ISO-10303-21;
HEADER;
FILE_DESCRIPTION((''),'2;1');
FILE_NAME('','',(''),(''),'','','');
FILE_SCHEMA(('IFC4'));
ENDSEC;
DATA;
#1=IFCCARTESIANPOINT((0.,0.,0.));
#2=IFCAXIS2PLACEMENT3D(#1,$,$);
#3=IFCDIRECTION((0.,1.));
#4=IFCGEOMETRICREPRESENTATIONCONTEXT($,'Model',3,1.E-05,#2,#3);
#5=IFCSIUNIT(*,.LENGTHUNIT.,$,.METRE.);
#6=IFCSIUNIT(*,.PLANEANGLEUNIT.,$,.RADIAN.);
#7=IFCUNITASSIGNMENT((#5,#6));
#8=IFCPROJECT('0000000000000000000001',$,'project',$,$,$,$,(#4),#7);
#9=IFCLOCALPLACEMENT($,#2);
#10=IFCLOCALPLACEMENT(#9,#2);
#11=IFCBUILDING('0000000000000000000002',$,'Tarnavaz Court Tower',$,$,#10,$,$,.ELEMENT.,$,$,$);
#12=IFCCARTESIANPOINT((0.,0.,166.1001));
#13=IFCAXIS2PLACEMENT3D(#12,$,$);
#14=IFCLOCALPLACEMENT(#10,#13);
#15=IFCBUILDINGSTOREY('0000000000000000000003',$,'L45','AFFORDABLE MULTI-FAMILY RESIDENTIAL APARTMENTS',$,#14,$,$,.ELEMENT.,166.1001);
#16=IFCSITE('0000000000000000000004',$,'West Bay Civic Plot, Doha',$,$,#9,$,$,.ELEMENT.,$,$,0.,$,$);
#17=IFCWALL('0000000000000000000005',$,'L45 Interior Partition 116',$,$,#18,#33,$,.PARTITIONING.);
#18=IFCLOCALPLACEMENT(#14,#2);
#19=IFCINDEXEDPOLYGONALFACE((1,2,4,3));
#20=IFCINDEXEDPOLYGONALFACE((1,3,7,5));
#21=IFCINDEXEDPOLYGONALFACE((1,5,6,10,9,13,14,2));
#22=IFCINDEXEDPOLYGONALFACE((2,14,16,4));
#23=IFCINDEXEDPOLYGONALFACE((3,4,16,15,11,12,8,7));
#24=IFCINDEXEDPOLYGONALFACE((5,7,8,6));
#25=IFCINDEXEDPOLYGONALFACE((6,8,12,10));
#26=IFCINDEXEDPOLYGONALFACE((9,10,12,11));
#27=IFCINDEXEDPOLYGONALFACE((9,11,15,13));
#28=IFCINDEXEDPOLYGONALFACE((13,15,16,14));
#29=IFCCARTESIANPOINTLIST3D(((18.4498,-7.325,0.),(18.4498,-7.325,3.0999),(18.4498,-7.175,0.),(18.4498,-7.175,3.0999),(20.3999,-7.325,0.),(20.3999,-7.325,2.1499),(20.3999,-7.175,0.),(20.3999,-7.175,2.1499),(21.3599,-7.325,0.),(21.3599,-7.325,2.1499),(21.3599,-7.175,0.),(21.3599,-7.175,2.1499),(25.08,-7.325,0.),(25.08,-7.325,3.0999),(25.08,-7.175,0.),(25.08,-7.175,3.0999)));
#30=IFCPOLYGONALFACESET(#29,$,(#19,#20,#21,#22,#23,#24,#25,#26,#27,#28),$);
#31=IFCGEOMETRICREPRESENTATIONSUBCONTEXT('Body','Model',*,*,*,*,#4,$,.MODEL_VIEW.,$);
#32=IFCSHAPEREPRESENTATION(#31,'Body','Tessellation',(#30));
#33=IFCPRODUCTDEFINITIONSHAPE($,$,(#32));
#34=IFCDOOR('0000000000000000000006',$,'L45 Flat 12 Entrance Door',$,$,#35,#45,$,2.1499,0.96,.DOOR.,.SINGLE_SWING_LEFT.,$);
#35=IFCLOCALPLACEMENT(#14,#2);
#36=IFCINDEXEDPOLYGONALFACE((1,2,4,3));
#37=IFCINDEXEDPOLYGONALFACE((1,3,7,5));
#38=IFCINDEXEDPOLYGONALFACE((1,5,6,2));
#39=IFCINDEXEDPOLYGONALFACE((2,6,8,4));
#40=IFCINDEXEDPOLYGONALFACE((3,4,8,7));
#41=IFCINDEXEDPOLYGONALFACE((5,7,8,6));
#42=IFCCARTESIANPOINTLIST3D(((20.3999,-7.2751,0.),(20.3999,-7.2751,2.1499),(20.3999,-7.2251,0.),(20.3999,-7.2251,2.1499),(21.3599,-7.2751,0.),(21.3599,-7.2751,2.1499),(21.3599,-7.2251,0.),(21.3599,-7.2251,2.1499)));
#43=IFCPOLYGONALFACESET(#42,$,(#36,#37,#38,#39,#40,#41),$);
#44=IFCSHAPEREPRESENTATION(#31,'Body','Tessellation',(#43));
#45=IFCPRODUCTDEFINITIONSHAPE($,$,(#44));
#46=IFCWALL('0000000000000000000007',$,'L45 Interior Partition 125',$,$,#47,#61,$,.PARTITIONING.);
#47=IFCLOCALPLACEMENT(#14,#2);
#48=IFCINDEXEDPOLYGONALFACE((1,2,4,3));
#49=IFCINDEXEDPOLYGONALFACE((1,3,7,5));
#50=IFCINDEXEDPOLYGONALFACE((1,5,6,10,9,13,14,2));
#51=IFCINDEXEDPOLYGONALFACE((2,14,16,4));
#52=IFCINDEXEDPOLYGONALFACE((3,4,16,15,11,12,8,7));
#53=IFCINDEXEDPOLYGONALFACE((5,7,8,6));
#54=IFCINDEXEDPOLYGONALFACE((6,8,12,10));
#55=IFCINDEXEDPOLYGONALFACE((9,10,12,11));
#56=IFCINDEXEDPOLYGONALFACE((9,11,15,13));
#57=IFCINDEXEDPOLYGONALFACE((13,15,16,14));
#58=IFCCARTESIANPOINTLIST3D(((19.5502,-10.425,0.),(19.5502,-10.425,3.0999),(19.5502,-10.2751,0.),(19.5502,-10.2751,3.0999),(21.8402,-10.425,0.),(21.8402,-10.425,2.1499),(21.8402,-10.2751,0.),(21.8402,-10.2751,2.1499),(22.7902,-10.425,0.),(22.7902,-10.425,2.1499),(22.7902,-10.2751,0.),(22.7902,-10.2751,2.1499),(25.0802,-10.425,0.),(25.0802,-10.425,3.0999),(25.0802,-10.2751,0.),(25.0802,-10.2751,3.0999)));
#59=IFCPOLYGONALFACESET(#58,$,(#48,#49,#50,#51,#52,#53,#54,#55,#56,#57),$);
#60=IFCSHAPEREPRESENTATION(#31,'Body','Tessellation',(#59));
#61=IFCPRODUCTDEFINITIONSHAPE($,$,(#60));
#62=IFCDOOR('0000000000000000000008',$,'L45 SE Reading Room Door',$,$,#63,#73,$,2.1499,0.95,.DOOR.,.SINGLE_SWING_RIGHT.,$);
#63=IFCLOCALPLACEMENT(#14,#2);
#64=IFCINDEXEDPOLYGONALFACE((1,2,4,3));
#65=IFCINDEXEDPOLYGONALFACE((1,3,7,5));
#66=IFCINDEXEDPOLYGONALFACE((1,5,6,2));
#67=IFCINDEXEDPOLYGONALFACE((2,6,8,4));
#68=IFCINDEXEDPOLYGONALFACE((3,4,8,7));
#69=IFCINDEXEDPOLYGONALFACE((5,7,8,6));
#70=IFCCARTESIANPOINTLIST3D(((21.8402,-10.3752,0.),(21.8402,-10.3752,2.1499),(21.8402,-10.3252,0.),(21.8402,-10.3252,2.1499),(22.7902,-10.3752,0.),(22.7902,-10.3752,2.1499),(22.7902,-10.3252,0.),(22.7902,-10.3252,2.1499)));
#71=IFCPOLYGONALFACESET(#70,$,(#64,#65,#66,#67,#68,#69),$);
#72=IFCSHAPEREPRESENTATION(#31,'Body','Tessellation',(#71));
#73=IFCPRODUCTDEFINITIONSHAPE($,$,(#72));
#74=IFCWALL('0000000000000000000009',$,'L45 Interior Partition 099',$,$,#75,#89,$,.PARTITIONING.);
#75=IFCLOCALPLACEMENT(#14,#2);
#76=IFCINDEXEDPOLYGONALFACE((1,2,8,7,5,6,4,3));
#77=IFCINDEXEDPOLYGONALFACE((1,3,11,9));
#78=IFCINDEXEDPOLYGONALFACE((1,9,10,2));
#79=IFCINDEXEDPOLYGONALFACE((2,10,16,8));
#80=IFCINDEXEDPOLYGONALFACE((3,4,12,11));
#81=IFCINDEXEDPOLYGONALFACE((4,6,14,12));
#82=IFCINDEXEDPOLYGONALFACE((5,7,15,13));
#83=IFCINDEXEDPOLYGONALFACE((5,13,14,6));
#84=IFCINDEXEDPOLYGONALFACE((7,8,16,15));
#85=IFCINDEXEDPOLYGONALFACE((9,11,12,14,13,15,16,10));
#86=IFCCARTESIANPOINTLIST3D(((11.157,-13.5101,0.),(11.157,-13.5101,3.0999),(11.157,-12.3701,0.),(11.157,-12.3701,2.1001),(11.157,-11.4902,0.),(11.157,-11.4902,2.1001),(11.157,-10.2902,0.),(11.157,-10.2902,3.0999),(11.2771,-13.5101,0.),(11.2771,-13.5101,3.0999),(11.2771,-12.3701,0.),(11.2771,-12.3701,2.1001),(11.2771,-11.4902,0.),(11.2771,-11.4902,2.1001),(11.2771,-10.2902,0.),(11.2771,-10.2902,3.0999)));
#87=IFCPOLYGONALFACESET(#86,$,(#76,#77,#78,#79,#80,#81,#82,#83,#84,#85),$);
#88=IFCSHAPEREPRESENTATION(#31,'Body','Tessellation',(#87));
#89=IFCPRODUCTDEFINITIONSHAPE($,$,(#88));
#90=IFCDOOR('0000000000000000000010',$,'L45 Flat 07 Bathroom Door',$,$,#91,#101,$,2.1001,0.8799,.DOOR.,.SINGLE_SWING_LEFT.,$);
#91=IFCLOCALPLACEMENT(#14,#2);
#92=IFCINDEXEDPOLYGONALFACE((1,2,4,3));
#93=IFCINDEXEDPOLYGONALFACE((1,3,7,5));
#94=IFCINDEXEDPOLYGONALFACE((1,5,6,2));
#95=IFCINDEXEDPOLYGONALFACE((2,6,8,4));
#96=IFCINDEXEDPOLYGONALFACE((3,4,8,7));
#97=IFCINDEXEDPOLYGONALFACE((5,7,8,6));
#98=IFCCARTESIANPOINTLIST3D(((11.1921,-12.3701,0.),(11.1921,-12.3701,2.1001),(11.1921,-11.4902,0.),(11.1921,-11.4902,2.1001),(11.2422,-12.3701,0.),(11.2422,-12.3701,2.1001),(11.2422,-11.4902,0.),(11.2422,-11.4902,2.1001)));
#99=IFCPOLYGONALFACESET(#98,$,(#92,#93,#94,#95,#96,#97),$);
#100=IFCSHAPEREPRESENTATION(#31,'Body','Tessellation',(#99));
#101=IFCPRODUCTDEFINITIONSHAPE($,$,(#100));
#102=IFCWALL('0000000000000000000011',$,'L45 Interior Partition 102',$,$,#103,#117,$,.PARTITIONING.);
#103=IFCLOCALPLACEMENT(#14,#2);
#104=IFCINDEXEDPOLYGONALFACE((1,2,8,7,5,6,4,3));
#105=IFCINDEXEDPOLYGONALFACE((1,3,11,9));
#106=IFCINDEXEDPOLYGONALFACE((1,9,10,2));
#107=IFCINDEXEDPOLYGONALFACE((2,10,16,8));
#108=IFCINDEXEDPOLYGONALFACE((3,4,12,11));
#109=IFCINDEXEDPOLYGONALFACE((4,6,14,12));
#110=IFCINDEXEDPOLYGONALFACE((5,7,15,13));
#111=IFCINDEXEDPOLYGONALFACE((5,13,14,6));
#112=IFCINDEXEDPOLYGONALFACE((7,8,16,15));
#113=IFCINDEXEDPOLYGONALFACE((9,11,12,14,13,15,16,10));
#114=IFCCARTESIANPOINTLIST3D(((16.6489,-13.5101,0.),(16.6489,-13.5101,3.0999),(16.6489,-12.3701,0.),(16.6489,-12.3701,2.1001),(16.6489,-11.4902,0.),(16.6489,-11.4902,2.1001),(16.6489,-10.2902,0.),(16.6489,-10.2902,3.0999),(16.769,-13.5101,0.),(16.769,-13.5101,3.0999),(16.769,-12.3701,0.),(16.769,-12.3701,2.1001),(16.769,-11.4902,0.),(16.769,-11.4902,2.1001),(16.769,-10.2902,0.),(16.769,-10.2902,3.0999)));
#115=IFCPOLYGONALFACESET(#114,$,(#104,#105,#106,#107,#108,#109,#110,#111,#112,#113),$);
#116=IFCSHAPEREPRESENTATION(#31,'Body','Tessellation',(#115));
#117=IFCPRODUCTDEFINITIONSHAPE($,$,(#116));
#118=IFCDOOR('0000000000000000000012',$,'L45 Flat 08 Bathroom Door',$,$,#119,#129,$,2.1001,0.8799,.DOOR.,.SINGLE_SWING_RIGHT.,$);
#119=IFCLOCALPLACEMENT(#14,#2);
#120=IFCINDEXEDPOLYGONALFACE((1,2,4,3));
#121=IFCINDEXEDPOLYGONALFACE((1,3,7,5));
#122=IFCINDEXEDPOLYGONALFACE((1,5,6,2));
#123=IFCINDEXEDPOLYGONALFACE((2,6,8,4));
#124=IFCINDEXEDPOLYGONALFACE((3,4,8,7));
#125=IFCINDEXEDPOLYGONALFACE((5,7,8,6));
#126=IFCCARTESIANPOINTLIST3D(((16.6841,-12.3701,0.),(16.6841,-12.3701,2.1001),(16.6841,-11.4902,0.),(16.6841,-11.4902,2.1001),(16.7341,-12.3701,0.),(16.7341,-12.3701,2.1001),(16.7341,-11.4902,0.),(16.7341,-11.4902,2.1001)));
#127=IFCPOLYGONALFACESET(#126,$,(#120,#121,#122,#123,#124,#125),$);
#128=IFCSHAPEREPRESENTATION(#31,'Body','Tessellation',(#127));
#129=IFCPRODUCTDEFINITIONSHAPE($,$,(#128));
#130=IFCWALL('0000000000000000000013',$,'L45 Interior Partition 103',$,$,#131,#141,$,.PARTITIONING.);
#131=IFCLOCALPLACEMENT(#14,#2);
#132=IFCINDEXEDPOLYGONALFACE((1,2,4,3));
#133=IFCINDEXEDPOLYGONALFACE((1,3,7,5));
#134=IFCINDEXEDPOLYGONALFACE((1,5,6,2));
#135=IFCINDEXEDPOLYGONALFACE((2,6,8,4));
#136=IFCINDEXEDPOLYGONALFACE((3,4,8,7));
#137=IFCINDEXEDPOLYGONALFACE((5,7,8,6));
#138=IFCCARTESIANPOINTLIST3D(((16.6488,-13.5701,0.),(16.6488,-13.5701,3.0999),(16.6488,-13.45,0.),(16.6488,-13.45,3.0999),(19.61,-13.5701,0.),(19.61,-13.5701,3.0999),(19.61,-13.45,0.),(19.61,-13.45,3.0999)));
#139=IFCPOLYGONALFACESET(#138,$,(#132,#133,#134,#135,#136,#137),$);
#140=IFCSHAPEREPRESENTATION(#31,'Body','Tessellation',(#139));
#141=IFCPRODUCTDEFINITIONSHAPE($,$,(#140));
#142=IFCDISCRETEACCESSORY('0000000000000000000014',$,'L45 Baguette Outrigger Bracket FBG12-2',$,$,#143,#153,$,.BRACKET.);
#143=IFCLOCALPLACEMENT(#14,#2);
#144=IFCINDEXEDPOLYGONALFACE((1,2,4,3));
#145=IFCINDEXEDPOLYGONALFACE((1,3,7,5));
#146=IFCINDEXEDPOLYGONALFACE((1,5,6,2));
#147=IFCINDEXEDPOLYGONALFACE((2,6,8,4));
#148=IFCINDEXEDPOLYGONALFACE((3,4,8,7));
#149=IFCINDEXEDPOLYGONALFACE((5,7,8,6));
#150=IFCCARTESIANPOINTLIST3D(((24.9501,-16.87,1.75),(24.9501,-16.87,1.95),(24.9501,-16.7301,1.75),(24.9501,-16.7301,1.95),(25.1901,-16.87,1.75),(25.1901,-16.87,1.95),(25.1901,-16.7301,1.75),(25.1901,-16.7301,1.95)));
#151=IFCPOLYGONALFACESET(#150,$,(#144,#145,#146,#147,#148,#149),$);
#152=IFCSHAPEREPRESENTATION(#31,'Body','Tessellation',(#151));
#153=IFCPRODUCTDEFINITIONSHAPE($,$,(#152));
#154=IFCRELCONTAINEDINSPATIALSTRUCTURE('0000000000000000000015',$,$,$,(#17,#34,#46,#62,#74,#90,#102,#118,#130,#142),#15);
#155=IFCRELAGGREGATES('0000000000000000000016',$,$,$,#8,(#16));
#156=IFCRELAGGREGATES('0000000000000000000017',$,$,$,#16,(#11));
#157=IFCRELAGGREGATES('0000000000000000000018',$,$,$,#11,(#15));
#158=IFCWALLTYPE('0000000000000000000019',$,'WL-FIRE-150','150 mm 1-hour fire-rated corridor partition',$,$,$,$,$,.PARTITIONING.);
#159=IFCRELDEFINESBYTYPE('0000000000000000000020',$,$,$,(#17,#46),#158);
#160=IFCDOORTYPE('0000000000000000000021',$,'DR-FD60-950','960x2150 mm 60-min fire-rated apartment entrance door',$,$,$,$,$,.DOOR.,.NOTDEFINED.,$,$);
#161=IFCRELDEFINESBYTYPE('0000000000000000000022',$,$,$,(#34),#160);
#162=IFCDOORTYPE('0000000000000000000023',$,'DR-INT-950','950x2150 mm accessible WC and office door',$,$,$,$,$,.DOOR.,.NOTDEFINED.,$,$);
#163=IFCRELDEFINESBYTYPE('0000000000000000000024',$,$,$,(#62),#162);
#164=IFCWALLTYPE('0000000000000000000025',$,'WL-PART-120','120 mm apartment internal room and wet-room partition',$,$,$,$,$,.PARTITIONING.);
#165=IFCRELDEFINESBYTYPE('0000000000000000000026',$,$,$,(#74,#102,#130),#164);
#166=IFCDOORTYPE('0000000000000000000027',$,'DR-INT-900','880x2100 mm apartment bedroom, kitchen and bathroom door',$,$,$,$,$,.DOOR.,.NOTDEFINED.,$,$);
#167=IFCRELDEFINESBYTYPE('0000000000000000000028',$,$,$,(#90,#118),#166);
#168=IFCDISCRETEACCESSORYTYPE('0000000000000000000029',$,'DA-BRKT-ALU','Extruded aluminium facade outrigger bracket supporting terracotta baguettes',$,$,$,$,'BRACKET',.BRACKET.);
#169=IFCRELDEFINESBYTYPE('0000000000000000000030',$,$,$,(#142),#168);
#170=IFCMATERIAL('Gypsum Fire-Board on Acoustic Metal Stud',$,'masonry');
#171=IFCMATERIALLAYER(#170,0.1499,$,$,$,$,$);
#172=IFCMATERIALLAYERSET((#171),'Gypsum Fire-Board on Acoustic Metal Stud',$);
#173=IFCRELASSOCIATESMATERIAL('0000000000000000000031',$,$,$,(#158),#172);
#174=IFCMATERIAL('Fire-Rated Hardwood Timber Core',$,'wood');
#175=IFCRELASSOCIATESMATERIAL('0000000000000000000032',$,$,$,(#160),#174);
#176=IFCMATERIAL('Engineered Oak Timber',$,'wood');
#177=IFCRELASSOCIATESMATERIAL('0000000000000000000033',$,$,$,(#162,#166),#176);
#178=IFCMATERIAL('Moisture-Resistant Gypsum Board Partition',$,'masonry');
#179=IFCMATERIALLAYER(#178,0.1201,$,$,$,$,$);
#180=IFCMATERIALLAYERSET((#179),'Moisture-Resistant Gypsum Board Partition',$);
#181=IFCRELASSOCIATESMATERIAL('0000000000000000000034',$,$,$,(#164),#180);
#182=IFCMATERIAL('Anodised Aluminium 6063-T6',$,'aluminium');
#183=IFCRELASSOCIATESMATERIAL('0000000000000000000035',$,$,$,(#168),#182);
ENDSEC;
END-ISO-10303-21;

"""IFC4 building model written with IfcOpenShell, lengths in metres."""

from ifc_helpers import new_model, si_unit, direction, frame, frame_2d, origin, origin_2d, place, context, subcontext, project, spatial, rectangle, extrude, material, layer, layer_set, type_object, element, fill, save


model = new_model("IFC4")

# Units and contexts
model_context = context("Model", 3, precision=1e-05, world=origin(), true_north=direction((0.0, 1.0)))
body_context = subcontext(model_context, "Body", "Model", "MODEL_VIEW")
ifc_project = project(units=[si_unit("LENGTHUNIT", "METRE"), si_unit("PLANEANGLEUNIT", "RADIAN")], contexts=[model_context])

# Site, building, storey
site_placement = place(None, origin())
site = spatial("IfcSite", under=ifc_project, at=site_placement, Name="West Bay Civic Plot, Doha", CompositionType="ELEMENT", RefElevation=0.0)
building_placement = place(site_placement, origin())
building = spatial("IfcBuilding", under=site, at=building_placement, Name="Tarnavaz Court Tower", CompositionType="ELEMENT")
storey_placement = place(building_placement, frame((0.0, 0.0, 166.1001)))
storey = spatial("IfcBuildingStorey", under=building, at=storey_placement, Name="L45", Description="AFFORDABLE MULTI-FAMILY RESIDENTIAL APARTMENTS", CompositionType="ELEMENT", Elevation=166.1001)

# Walls, openings, doors
ifc_material_1 = material(Name="Gypsum Fire-Board on Acoustic Metal Stud", Category="masonry")
ifc_layer_1 = layer(ifc_material_1, 0.1499)
ifc_layer_set_1 = layer_set([ifc_layer_1], Name="Gypsum Fire-Board on Acoustic Metal Stud")
wall_type_1 = type_object("IfcWallType", Name="WL-FIRE-150", Description="150 mm 1-hour fire-rated corridor partition", PredefinedType="PARTITIONING", material=ifc_layer_set_1)
wall_1_placement = place(storey_placement, frame((18.45, -7.25, 0.0), z_axis=(0.0, 0.0, 1.0), x_axis=(1.0, 0.0, 0.0)))
wall_1 = element("IfcWall", 1, at=wall_1_placement, inside=storey, type_object=wall_type_1, Name="L45 Interior Partition 116", PredefinedType="PARTITIONING", context=body_context, shape_type="SweptSolid", body=[
    extrude(rectangle(XDim=6.6301, YDim=0.1499, at=frame_2d((3.3149, 0.0))), origin(), (0.0, 0.0, 1.0), 3.0999),
])
opening_1_placement = place(wall_1_placement, frame((1.95, 0.0, 0.0)))
opening_1 = element("IfcOpeningElement", 2, at=opening_1_placement, cuts=wall_1, PredefinedType="OPENING", context=body_context, shape_type="SweptSolid", body=[
    extrude(rectangle(XDim=0.96, YDim=2.1499, at=frame_2d((0.48, 1.075))), frame((0.0, 0.085, 0.0), z_axis=(0.0, -1.0, 0.0), x_axis=(1.0, 0.0, 0.0)), (0.0, 0.0, 1.0), 0.1699),
])
ifc_material_2 = material(Name="Fire-Rated Hardwood Timber Core", Category="wood")
door_type_1 = type_object("IfcDoorType", Name="DR-FD60-950", Description="960x2150 mm 60-min fire-rated apartment entrance door", OperationType="NOTDEFINED", PredefinedType="DOOR", material=ifc_material_2)
door_1_placement = place(opening_1_placement, origin())
door_1 = element("IfcDoor", 3, at=door_1_placement, inside=storey, type_object=door_type_1, Name="L45 Flat 12 Entrance Door", OperationType="SINGLE_SWING_LEFT", OverallHeight=2.1499, OverallWidth=0.96, PredefinedType="DOOR", context=body_context, shape_type="SweptSolid", body=[
    extrude(rectangle(XDim=0.96, YDim=2.1499, at=frame_2d((0.48, 1.075))), frame((0.0, 0.0249, 0.0), z_axis=(0.0, -1.0, 0.0), x_axis=(1.0, 0.0, 0.0)), (0.0, 0.0, 1.0), 0.05),
])
fill(opening_1, door_1)
wall_2_placement = place(storey_placement, frame((19.55, -10.3501, 0.0), z_axis=(0.0, 0.0, 1.0), x_axis=(1.0, 0.0, 0.0)))
wall_2 = element("IfcWall", 4, at=wall_2_placement, inside=storey, type_object=wall_type_1, Name="L45 Interior Partition 125", PredefinedType="PARTITIONING", context=body_context, shape_type="SweptSolid", body=[
    extrude(rectangle(XDim=5.53, YDim=0.1499, at=frame_2d((2.7651, 0.0))), origin(), (0.0, 0.0, 1.0), 3.0999),
])
opening_2_placement = place(wall_2_placement, frame((2.29, 0.0, 0.0)))
opening_2 = element("IfcOpeningElement", 5, at=opening_2_placement, cuts=wall_2, PredefinedType="OPENING", context=body_context, shape_type="SweptSolid", body=[
    extrude(rectangle(XDim=0.95, YDim=2.1499, at=frame_2d((0.4751, 1.075))), frame((0.0, 0.085, 0.0), z_axis=(0.0, -1.0, 0.0), x_axis=(1.0, 0.0, 0.0)), (0.0, 0.0, 1.0), 0.1699),
])
ifc_material_3 = material(Name="Engineered Oak Timber", Category="wood")
door_type_2 = type_object("IfcDoorType", Name="DR-INT-950", Description="950x2150 mm accessible WC and office door", OperationType="NOTDEFINED", PredefinedType="DOOR", material=ifc_material_3)
door_2_placement = place(opening_2_placement, origin())
door_2 = element("IfcDoor", 6, at=door_2_placement, inside=storey, type_object=door_type_2, Name="L45 SE Reading Room Door", OperationType="SINGLE_SWING_RIGHT", OverallHeight=2.1499, OverallWidth=0.95, PredefinedType="DOOR", context=body_context, shape_type="SweptSolid", body=[
    extrude(rectangle(XDim=0.95, YDim=2.1499, at=frame_2d((0.4751, 1.075))), frame((0.0, 0.0249, 0.0), z_axis=(0.0, -1.0, 0.0), x_axis=(1.0, 0.0, 0.0)), (0.0, 0.0, 1.0), 0.05),
])
fill(opening_2, door_2)
ifc_material_4 = material(Name="Moisture-Resistant Gypsum Board Partition", Category="masonry")
ifc_layer_2 = layer(ifc_material_4, 0.1201)
ifc_layer_set_2 = layer_set([ifc_layer_2], Name="Moisture-Resistant Gypsum Board Partition")
wall_type_2 = type_object("IfcWallType", Name="WL-PART-120", Description="120 mm apartment internal room and wet-room partition", PredefinedType="PARTITIONING", material=ifc_layer_set_2)
wall_3_placement = place(storey_placement, frame((11.217, -13.51, 0.0), z_axis=(0.0, 0.0, 1.0), x_axis=(0.0, 1.0, 0.0)))
wall_3 = element("IfcWall", 7, at=wall_3_placement, inside=storey, type_object=wall_type_2, Name="L45 Interior Partition 099", PredefinedType="PARTITIONING", context=body_context, shape_type="SweptSolid", body=[
    extrude(rectangle(XDim=3.22, YDim=0.1201, at=frame_2d((1.6099, 0.0))), origin(), (0.0, 0.0, 1.0), 3.0999),
])
opening_3_placement = place(wall_3_placement, frame((1.1399, 0.0, 0.0)))
opening_3 = element("IfcOpeningElement", 8, at=opening_3_placement, cuts=wall_3, PredefinedType="OPENING", context=body_context, shape_type="SweptSolid", body=[
    extrude(rectangle(XDim=0.8799, YDim=2.1001, at=frame_2d((0.4399, 1.05))), frame((0.0, 0.0701, 0.0), z_axis=(0.0, -1.0, 0.0), x_axis=(1.0, 0.0, 0.0)), (0.0, 0.0, 1.0), 0.1401),
])
door_type_3 = type_object("IfcDoorType", Name="DR-INT-900", Description="880x2100 mm apartment bedroom, kitchen and bathroom door", OperationType="NOTDEFINED", PredefinedType="DOOR", material=ifc_material_3)
door_3_placement = place(opening_3_placement, origin())
door_3 = element("IfcDoor", 9, at=door_3_placement, inside=storey, type_object=door_type_3, Name="L45 Flat 07 Bathroom Door", OperationType="SINGLE_SWING_LEFT", OverallHeight=2.1001, OverallWidth=0.8799, PredefinedType="DOOR", context=body_context, shape_type="SweptSolid", body=[
    extrude(rectangle(XDim=0.8799, YDim=2.1001, at=frame_2d((0.4399, 1.05))), frame((0.0, 0.0249, 0.0), z_axis=(0.0, -1.0, 0.0), x_axis=(1.0, 0.0, 0.0)), (0.0, 0.0, 1.0), 0.05),
])
fill(opening_3, door_3)
wall_4_placement = place(storey_placement, frame((16.709, -13.51, 0.0), z_axis=(0.0, 0.0, 1.0), x_axis=(0.0, 1.0, 0.0)))
wall_4 = element("IfcWall", 10, at=wall_4_placement, inside=storey, type_object=wall_type_2, Name="L45 Interior Partition 102", PredefinedType="PARTITIONING", context=body_context, shape_type="SweptSolid", body=[
    extrude(rectangle(XDim=3.22, YDim=0.1201, at=frame_2d((1.6099, 0.0))), origin(), (0.0, 0.0, 1.0), 3.0999),
])
opening_4_placement = place(wall_4_placement, frame((1.1399, 0.0, 0.0)))
opening_4 = element("IfcOpeningElement", 11, at=opening_4_placement, cuts=wall_4, PredefinedType="OPENING", context=body_context, shape_type="SweptSolid", body=[
    extrude(rectangle(XDim=0.8799, YDim=2.1001, at=frame_2d((0.4399, 1.05))), frame((0.0, 0.0701, 0.0), z_axis=(0.0, -1.0, 0.0), x_axis=(1.0, 0.0, 0.0)), (0.0, 0.0, 1.0), 0.1401),
])
door_4_placement = place(opening_4_placement, origin())
door_4 = element("IfcDoor", 12, at=door_4_placement, inside=storey, type_object=door_type_3, Name="L45 Flat 08 Bathroom Door", OperationType="SINGLE_SWING_RIGHT", OverallHeight=2.1001, OverallWidth=0.8799, PredefinedType="DOOR", context=body_context, shape_type="SweptSolid", body=[
    extrude(rectangle(XDim=0.8799, YDim=2.1001, at=frame_2d((0.4399, 1.05))), frame((0.0, 0.0249, 0.0), z_axis=(0.0, -1.0, 0.0), x_axis=(1.0, 0.0, 0.0)), (0.0, 0.0, 1.0), 0.05),
])
fill(opening_4, door_4)

# Wall
wall_5_placement = place(storey_placement, frame((16.6489, -13.51, 0.0), z_axis=(0.0, 0.0, 1.0), x_axis=(1.0, 0.0, 0.0)))
element("IfcWall", 13, at=wall_5_placement, inside=storey, type_object=wall_type_2, Name="L45 Interior Partition 103", PredefinedType="PARTITIONING", context=body_context, shape_type="SweptSolid", body=[
    extrude(rectangle(XDim=2.9612, YDim=0.1201, at=frame_2d((1.4805, 0.0))), origin(), (0.0, 0.0, 1.0), 3.0999),
])

# Discrete accessory
ifc_material_5 = material(Name="Anodised Aluminium 6063-T6", Category="aluminium")
discrete_accessory_type = type_object("IfcDiscreteAccessoryType", Name="DA-BRKT-ALU", Description="Extruded aluminium facade outrigger bracket supporting terracotta baguettes", ElementType="BRACKET", PredefinedType="BRACKET", material=ifc_material_5)
discrete_accessory_placement = place(storey_placement, frame((25.0701, -16.8, 1.75), z_axis=(0.0, 0.0, 1.0), x_axis=(0.0, -1.0, 0.0)))
element("IfcDiscreteAccessory", 14, at=discrete_accessory_placement, inside=storey, type_object=discrete_accessory_type, Name="L45 Baguette Outrigger Bracket FBG12-2", PredefinedType="BRACKET", context=body_context, shape_type="SweptSolid", body=[
    extrude(rectangle(XDim=0.1399, YDim=0.24, at=origin_2d()), origin(), (0.0, 0.0, 1.0), 0.2),
])

save(model, "model.ifc")
